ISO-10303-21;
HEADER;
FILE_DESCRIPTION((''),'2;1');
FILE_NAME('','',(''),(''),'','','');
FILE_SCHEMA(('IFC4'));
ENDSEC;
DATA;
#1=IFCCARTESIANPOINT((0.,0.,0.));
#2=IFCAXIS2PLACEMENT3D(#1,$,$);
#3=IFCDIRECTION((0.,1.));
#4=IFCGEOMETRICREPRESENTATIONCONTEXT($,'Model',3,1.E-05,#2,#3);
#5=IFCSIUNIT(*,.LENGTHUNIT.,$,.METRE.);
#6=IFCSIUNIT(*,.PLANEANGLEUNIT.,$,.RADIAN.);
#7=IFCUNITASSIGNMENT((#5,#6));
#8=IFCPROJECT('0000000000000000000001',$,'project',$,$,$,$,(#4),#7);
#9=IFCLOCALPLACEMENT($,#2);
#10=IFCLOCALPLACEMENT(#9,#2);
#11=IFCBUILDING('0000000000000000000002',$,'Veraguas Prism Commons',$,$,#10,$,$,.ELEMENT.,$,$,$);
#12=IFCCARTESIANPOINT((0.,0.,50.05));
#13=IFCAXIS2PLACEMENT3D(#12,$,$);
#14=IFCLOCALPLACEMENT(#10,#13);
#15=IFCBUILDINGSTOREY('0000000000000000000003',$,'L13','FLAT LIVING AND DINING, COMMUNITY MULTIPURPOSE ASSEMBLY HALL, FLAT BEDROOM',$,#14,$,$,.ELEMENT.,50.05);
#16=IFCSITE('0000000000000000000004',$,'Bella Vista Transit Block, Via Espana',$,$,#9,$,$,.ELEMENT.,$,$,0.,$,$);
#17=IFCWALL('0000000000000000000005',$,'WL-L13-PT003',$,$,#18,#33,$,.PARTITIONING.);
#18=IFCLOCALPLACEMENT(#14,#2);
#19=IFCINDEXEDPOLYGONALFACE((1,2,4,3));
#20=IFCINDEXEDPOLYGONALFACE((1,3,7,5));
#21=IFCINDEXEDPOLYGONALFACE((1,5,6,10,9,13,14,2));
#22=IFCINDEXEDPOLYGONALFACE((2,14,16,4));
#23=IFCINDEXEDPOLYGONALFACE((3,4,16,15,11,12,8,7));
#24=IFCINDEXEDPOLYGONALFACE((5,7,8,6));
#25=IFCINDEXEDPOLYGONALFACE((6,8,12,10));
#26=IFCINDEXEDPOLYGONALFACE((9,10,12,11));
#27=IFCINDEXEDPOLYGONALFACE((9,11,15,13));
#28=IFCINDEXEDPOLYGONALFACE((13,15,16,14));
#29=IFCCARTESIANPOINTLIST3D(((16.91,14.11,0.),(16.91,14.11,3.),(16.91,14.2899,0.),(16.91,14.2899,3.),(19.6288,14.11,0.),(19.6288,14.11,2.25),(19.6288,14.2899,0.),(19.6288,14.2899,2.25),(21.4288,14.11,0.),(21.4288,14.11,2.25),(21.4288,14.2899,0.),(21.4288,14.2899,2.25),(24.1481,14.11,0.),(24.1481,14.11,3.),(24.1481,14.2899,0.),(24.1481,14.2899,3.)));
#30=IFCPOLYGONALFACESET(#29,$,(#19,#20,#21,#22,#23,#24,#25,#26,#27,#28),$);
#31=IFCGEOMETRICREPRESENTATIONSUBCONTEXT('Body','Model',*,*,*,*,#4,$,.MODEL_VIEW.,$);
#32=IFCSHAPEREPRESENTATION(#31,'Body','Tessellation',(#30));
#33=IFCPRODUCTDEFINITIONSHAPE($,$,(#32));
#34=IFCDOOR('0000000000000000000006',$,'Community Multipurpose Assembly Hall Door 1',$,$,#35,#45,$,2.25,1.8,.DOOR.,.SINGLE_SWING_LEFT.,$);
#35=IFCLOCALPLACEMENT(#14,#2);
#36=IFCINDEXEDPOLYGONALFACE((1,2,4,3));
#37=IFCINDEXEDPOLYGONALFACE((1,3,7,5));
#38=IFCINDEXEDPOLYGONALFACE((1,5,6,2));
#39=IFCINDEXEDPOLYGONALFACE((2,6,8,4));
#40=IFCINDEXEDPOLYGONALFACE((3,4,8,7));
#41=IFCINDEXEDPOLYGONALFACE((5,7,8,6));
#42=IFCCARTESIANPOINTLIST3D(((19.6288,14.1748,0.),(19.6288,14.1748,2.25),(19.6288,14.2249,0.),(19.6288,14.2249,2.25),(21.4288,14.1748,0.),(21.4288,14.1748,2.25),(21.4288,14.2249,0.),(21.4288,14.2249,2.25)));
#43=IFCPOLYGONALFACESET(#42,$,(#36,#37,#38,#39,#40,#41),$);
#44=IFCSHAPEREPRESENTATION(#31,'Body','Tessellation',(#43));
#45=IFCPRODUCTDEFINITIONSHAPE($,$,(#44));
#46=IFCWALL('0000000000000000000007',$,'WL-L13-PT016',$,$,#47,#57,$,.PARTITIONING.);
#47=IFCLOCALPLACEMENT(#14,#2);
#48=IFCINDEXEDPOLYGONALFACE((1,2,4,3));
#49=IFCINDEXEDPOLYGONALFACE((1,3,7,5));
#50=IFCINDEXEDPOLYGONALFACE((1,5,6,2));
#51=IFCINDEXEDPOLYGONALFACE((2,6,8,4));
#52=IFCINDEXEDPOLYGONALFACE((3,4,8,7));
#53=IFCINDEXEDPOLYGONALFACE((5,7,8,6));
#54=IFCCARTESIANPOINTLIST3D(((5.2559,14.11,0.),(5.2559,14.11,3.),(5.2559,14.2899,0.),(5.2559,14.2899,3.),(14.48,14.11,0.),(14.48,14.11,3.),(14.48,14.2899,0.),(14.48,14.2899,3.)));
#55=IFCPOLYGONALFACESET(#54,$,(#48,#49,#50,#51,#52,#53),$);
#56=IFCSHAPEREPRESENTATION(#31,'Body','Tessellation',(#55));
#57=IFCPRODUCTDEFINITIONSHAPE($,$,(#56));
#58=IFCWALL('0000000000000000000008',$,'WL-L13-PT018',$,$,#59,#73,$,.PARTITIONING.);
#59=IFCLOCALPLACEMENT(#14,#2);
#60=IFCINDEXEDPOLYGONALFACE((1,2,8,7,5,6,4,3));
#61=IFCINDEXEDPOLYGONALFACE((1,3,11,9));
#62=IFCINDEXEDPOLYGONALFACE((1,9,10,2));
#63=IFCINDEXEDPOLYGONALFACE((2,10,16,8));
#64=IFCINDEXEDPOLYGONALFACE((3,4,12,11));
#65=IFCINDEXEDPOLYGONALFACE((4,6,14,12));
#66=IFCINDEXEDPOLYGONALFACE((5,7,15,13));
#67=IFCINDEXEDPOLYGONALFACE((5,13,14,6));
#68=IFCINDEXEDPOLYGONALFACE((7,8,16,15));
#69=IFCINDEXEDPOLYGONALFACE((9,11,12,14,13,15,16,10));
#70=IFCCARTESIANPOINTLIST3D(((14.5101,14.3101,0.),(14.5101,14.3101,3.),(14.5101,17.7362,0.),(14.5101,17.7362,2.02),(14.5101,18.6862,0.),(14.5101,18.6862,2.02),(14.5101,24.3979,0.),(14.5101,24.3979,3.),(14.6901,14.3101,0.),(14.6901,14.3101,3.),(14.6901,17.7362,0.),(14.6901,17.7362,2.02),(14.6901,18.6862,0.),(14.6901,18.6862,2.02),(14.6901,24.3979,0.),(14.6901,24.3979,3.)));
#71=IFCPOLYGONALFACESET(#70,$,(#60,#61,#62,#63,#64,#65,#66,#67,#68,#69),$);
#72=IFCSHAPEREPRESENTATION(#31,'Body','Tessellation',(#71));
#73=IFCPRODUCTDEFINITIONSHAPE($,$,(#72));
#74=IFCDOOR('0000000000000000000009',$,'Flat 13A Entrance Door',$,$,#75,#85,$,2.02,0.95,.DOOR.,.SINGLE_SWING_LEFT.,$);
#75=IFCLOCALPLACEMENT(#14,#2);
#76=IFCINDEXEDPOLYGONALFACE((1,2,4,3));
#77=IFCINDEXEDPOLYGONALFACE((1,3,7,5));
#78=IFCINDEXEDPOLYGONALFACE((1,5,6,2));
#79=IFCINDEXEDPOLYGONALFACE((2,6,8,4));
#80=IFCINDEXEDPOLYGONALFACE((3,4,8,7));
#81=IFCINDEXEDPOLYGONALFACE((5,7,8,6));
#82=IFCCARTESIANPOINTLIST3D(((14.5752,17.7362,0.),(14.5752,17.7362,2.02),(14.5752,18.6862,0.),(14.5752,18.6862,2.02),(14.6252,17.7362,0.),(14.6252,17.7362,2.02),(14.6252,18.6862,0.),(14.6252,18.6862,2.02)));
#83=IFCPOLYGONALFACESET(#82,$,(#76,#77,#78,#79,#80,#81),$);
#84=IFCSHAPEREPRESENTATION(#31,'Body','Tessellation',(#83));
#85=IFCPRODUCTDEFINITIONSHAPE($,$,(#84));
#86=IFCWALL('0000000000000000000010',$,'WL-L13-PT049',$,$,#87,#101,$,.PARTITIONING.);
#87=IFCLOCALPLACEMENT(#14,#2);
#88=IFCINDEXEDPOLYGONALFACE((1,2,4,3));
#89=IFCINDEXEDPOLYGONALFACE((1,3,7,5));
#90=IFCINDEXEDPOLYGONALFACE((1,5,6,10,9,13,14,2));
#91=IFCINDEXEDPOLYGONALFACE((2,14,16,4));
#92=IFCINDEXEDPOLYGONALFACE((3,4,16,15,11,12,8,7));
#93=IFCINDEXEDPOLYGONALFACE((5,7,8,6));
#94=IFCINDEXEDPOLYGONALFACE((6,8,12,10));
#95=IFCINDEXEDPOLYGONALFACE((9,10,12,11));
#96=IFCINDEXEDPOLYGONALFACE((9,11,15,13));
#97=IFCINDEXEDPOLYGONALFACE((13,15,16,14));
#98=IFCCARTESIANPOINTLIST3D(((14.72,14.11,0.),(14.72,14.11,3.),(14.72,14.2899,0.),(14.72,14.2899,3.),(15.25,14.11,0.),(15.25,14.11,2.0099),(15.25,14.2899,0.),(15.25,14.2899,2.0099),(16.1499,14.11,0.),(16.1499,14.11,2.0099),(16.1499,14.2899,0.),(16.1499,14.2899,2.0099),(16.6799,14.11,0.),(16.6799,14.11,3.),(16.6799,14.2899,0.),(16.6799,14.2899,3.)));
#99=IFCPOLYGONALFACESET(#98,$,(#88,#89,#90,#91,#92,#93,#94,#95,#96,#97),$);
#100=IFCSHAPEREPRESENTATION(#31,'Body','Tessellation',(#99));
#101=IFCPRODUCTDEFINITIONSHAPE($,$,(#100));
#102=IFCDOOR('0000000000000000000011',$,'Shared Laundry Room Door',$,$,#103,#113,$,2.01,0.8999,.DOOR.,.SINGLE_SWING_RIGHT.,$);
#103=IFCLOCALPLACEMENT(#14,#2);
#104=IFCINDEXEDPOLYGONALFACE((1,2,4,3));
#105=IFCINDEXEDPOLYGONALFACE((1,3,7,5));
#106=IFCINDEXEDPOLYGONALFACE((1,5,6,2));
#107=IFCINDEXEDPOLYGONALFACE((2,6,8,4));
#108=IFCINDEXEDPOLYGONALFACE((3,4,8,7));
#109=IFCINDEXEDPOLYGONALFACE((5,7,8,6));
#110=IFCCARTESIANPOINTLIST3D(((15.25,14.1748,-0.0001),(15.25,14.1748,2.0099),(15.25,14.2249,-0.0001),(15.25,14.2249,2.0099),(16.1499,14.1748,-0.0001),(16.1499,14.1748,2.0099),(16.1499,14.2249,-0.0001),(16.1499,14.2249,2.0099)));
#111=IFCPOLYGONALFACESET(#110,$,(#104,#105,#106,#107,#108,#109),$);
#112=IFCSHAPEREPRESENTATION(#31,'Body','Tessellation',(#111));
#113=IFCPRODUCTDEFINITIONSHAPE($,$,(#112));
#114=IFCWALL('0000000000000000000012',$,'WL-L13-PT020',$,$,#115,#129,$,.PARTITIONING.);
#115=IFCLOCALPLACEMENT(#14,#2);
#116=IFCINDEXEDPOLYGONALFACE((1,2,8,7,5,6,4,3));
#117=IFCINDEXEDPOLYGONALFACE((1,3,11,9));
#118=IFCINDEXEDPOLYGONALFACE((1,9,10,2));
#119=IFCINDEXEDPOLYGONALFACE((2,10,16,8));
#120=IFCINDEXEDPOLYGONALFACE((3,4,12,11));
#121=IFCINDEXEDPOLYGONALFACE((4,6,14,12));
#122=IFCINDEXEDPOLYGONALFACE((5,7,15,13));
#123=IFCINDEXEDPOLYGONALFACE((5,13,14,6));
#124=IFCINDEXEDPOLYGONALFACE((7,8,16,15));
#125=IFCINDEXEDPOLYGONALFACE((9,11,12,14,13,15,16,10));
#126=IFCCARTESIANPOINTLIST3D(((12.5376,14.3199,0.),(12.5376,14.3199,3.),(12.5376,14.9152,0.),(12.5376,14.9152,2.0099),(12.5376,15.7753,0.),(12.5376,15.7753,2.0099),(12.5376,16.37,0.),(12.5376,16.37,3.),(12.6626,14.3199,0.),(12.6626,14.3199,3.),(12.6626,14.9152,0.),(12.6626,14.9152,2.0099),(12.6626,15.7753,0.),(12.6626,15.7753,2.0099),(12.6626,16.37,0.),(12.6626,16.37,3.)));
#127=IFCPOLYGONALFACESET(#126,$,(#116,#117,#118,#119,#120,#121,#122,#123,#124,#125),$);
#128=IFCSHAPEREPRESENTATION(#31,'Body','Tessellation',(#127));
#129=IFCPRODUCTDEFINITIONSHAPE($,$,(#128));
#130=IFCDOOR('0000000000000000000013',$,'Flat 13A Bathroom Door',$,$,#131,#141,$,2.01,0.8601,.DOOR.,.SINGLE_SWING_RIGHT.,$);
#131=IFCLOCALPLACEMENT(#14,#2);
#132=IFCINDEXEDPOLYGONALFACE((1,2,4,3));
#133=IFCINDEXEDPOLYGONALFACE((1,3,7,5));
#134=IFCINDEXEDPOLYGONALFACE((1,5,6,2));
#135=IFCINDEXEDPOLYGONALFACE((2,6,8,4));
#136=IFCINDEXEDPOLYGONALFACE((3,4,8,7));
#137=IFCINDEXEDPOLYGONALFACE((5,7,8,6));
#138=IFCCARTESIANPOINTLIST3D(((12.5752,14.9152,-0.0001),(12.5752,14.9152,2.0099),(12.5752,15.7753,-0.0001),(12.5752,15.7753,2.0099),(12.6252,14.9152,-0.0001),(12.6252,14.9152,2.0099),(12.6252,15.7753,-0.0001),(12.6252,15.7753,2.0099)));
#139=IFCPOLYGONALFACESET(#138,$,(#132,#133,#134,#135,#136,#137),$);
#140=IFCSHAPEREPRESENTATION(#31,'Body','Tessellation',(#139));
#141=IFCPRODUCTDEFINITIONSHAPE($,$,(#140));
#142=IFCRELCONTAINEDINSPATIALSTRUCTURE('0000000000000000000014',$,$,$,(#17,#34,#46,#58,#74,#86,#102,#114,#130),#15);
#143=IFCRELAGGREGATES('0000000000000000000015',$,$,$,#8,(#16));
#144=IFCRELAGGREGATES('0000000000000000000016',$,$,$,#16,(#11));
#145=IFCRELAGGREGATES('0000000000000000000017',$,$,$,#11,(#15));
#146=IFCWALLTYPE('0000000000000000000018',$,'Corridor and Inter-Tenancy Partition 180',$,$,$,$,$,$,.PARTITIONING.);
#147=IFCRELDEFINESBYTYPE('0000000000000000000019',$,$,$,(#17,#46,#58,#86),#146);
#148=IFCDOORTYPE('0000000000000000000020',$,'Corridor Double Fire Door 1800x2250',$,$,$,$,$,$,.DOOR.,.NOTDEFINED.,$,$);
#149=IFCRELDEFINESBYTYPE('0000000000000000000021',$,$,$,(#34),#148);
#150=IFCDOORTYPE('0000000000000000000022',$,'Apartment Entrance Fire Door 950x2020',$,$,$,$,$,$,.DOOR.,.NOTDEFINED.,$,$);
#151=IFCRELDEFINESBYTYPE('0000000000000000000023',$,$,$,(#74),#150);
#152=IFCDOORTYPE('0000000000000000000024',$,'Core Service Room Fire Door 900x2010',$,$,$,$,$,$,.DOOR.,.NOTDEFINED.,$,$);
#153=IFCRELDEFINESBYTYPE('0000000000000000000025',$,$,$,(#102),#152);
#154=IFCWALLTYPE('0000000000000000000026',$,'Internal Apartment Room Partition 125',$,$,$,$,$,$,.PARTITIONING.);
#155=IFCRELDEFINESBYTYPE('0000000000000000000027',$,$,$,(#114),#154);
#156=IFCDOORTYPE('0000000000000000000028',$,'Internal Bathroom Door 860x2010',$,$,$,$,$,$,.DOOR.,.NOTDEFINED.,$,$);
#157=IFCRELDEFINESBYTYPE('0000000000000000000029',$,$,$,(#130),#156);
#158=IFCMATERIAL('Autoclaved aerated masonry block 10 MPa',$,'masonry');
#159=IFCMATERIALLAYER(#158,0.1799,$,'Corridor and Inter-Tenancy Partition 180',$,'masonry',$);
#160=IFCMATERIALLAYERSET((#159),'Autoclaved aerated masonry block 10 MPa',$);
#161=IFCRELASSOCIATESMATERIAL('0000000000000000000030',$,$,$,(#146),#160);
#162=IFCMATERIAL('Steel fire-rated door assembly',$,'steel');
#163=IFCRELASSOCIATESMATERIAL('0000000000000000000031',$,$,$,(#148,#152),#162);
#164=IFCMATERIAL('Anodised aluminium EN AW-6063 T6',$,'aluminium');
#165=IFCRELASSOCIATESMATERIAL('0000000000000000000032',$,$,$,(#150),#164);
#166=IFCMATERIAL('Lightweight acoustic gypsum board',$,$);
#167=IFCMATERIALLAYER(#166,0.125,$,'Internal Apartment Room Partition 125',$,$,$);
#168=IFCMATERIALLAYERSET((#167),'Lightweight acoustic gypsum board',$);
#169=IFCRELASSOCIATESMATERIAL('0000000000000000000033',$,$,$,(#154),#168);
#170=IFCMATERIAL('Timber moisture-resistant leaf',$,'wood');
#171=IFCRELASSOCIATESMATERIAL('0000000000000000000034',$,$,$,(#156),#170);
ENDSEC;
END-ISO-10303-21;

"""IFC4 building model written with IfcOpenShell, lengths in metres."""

from ifc_helpers import new_model, si_unit, direction, frame, frame_2d, origin, place, context, subcontext, project, spatial, rectangle, extrude, source, transform, mapped, material, layer, layer_set, type_object, element, fill, save


model = new_model("IFC4")

# Units and contexts
model_context = context("Model", 3, precision=1e-05, world=origin(), true_north=direction((0.0, 1.0)))
body_context = subcontext(model_context, "Body", "Model", "MODEL_VIEW")
ifc_project = project(units=[si_unit("LENGTHUNIT", "METRE"), si_unit("PLANEANGLEUNIT", "RADIAN")], contexts=[model_context])

# Site, building, storey
site_placement = place(None, origin())
site = spatial("IfcSite", under=ifc_project, at=site_placement, Name="Bella Vista Transit Block, Via Espana", CompositionType="ELEMENT", RefElevation=0.0)
building_placement = place(site_placement, origin())
building = spatial("IfcBuilding", under=site, at=building_placement, Name="Veraguas Prism Commons", CompositionType="ELEMENT")
storey_placement = place(building_placement, frame((0.0, 0.0, 50.05)))
storey = spatial("IfcBuildingStorey", under=building, at=storey_placement, Name="L13", Description="FLAT LIVING AND DINING, COMMUNITY MULTIPURPOSE ASSEMBLY HALL, FLAT BEDROOM", CompositionType="ELEMENT", Elevation=50.05)

# Shared definitions
ifc_material_1 = material(Name="Steel fire-rated door assembly", Category="steel")

# Shared definitions
ifc_material_2 = material(Name="Autoclaved aerated masonry block 10 MPa", Category="masonry")
ifc_layer_1 = layer(ifc_material_2, 0.1799, Name="Corridor and Inter-Tenancy Partition 180", Category="masonry")
ifc_layer_set_1 = layer_set([ifc_layer_1], Name="Autoclaved aerated masonry block 10 MPa")
wall_type_1 = type_object("IfcWallType", Name="Corridor and Inter-Tenancy Partition 180", PredefinedType="PARTITIONING", material=ifc_layer_set_1)

# Wall, opening, door
wall_1_placement = place(storey_placement, frame((16.9099, 14.2, 0.0), z_axis=(0.0, 0.0, 1.0), x_axis=(1.0, 0.0, 0.0)))
wall_1 = element("IfcWall", 1, at=wall_1_placement, inside=storey, type_object=wall_type_1, Name="WL-L13-PT003", PredefinedType="PARTITIONING", context=body_context, shape_type="SweptSolid", body=[
    extrude(rectangle(XDim=7.238, YDim=0.1799, at=frame_2d((3.6191, 0.0))), origin(), (0.0, 0.0, 1.0), 3.0),
])
opening_1_placement = place(wall_1_placement, frame((2.719, 0.0, 0.0)))
opening_1 = element("IfcOpeningElement", 2, at=opening_1_placement, cuts=wall_1, PredefinedType="OPENING", context=body_context, shape_type="SweptSolid", body=[
    extrude(rectangle(XDim=1.8, YDim=2.25, at=frame_2d((0.8999, 1.125))), frame((0.0, 0.0999, 0.0), z_axis=(0.0, -1.0, 0.0), x_axis=(1.0, 0.0, 0.0)), (0.0, 0.0, 1.0), 0.2),
])
door_type_1 = type_object("IfcDoorType", Name="Corridor Double Fire Door 1800x2250", OperationType="NOTDEFINED", PredefinedType="DOOR", material=ifc_material_1)
shared_shape_1 = source(origin(), body_context, "Body", "SweptSolid", [
    extrude(rectangle(XDim=1.8, YDim=2.25, at=frame_2d((0.8999, 1.125))), frame((0.0, 0.0249, 0.0), z_axis=(0.0, -1.0, 0.0), x_axis=(1.0, 0.0, 0.0)), (0.0, 0.0, 1.0), 0.05),
])
door_1_placement = place(opening_1_placement, origin())
door_1 = element("IfcDoor", 3, at=door_1_placement, inside=storey, type_object=door_type_1, Name="Community Multipurpose Assembly Hall Door 1", OperationType="SINGLE_SWING_LEFT", OverallHeight=2.25, OverallWidth=1.8, PredefinedType="DOOR", context=body_context, shape_type="MappedRepresentation", body=[
    mapped(shared_shape_1, transform((0.0, 0.0, 0.0), scale=1.0)),
])
fill(opening_1, door_1)

# Wall
wall_2_placement = place(storey_placement, frame((14.48, 14.2, 0.0), z_axis=(0.0, 0.0, 1.0), x_axis=(-1.0, 0.0, 0.0)))
element("IfcWall", 4, at=wall_2_placement, inside=storey, type_object=wall_type_1, Name="WL-L13-PT016", PredefinedType="PARTITIONING", context=body_context, shape_type="SweptSolid", body=[
    extrude(rectangle(XDim=9.2241, YDim=0.1799, at=frame_2d((4.6121, 0.0))), origin(), (0.0, 0.0, 1.0), 3.0),
])

# Walls, openings, doors
wall_3_placement = place(storey_placement, frame((14.6001, 14.3101, 0.0), z_axis=(0.0, 0.0, 1.0), x_axis=(0.0, 1.0, 0.0)))
wall_3 = element("IfcWall", 5, at=wall_3_placement, inside=storey, type_object=wall_type_1, Name="WL-L13-PT018", PredefinedType="PARTITIONING", context=body_context, shape_type="SweptSolid", body=[
    extrude(rectangle(XDim=10.0879, YDim=0.1799, at=frame_2d((5.0439, 0.0))), origin(), (0.0, 0.0, 1.0), 3.0),
])
opening_2_placement = place(wall_3_placement, frame((3.426, 0.0, 0.0)))
opening_2 = element("IfcOpeningElement", 6, at=opening_2_placement, cuts=wall_3, PredefinedType="OPENING", context=body_context, shape_type="SweptSolid", body=[
    extrude(rectangle(XDim=0.95, YDim=2.02, at=frame_2d((0.4751, 1.01))), frame((0.0, 0.0999, 0.0), z_axis=(0.0, -1.0, 0.0), x_axis=(1.0, 0.0, 0.0)), (0.0, 0.0, 1.0), 0.2),
])
ifc_material_3 = material(Name="Anodised aluminium EN AW-6063 T6", Category="aluminium")
door_type_2 = type_object("IfcDoorType", Name="Apartment Entrance Fire Door 950x2020", OperationType="NOTDEFINED", PredefinedType="DOOR", material=ifc_material_3)
shared_shape_2 = source(origin(), body_context, "Body", "SweptSolid", [
    extrude(rectangle(XDim=0.95, YDim=2.02, at=frame_2d((0.4751, 1.01))), frame((0.0, 0.0249, 0.0), z_axis=(0.0, -1.0, 0.0), x_axis=(1.0, 0.0, 0.0)), (0.0, 0.0, 1.0), 0.05),
])
door_2_placement = place(opening_2_placement, origin())
door_2 = element("IfcDoor", 7, at=door_2_placement, inside=storey, type_object=door_type_2, Name="Flat 13A Entrance Door", OperationType="SINGLE_SWING_LEFT", OverallHeight=2.02, OverallWidth=0.95, PredefinedType="DOOR", context=body_context, shape_type="MappedRepresentation", body=[
    mapped(shared_shape_2, transform((0.0, 0.0, 0.0), scale=1.0)),
])
fill(opening_2, door_2)
wall_4_placement = place(storey_placement, frame((14.72, 14.2, 0.0), z_axis=(0.0, 0.0, 1.0), x_axis=(1.0, 0.0, 0.0)))
wall_4 = element("IfcWall", 8, at=wall_4_placement, inside=storey, type_object=wall_type_1, Name="WL-L13-PT049", PredefinedType="PARTITIONING", context=body_context, shape_type="SweptSolid", body=[
    extrude(rectangle(XDim=1.96, YDim=0.1799, at=frame_2d((0.98, 0.0))), origin(), (0.0, 0.0, 1.0), 3.0),
])
opening_3_placement = place(wall_4_placement, frame((0.53, 0.0, 0.0)))
opening_3 = element("IfcOpeningElement", 9, at=opening_3_placement, cuts=wall_4, PredefinedType="OPENING", context=body_context, shape_type="SweptSolid", body=[
    extrude(rectangle(XDim=0.8999, YDim=2.01, at=frame_2d((0.45, 1.0049))), frame((0.0, 0.0999, 0.0), z_axis=(0.0, -1.0, 0.0), x_axis=(1.0, 0.0, 0.0)), (0.0, 0.0, 1.0), 0.2),
])
door_type_3 = type_object("IfcDoorType", Name="Core Service Room Fire Door 900x2010", OperationType="NOTDEFINED", PredefinedType="DOOR", material=ifc_material_1)
shared_shape_3 = source(origin(), body_context, "Body", "SweptSolid", [
    extrude(rectangle(XDim=0.8999, YDim=2.01, at=frame_2d((0.45, 1.0049))), frame((0.0, 0.0249, 0.0), z_axis=(0.0, -1.0, 0.0), x_axis=(1.0, 0.0, 0.0)), (0.0, 0.0, 1.0), 0.05),
])
door_3_placement = place(opening_3_placement, origin())
door_3 = element("IfcDoor", 10, at=door_3_placement, inside=storey, type_object=door_type_3, Name="Shared Laundry Room Door", OperationType="SINGLE_SWING_RIGHT", OverallHeight=2.01, OverallWidth=0.8999, PredefinedType="DOOR", context=body_context, shape_type="MappedRepresentation", body=[
    mapped(shared_shape_3, transform((0.0, 0.0, 0.0), scale=1.0)),
])
fill(opening_3, door_3)
ifc_material_4 = material(Name="Lightweight acoustic gypsum board")
ifc_layer_2 = layer(ifc_material_4, 0.125, Name="Internal Apartment Room Partition 125")
ifc_layer_set_2 = layer_set([ifc_layer_2], Name="Lightweight acoustic gypsum board")
wall_type_2 = type_object("IfcWallType", Name="Internal Apartment Room Partition 125", PredefinedType="PARTITIONING", material=ifc_layer_set_2)
wall_5_placement = place(storey_placement, frame((12.6001, 14.3201, 0.0), z_axis=(0.0, 0.0, 1.0), x_axis=(0.0, 1.0, 0.0)))
wall_5 = element("IfcWall", 11, at=wall_5_placement, inside=storey, type_object=wall_type_2, Name="WL-L13-PT020", PredefinedType="PARTITIONING", context=body_context, shape_type="SweptSolid", body=[
    extrude(rectangle(XDim=2.05, YDim=0.125, at=frame_2d((1.0249, 0.0))), origin(), (0.0, 0.0, 1.0), 3.0),
])
opening_4_placement = place(wall_5_placement, frame((0.595, 0.0, 0.0)))
opening_4 = element("IfcOpeningElement", 12, at=opening_4_placement, cuts=wall_5, PredefinedType="OPENING", context=body_context, shape_type="SweptSolid", body=[
    extrude(rectangle(XDim=0.8601, YDim=2.01, at=frame_2d((0.4302, 1.0049))), frame((0.0, 0.0725, 0.0), z_axis=(0.0, -1.0, 0.0), x_axis=(1.0, 0.0, 0.0)), (0.0, 0.0, 1.0), 0.145),
])
ifc_material_5 = material(Name="Timber moisture-resistant leaf", Category="wood")
door_type_4 = type_object("IfcDoorType", Name="Internal Bathroom Door 860x2010", OperationType="NOTDEFINED", PredefinedType="DOOR", material=ifc_material_5)
shared_shape_4 = source(origin(), body_context, "Body", "SweptSolid", [
    extrude(rectangle(XDim=0.8601, YDim=2.01, at=frame_2d((0.4302, 1.0049))), frame((0.0, 0.0249, 0.0), z_axis=(0.0, -1.0, 0.0), x_axis=(1.0, 0.0, 0.0)), (0.0, 0.0, 1.0), 0.05),
])
door_4_placement = place(opening_4_placement, origin())
door_4 = element("IfcDoor", 13, at=door_4_placement, inside=storey, type_object=door_type_4, Name="Flat 13A Bathroom Door", OperationType="SINGLE_SWING_RIGHT", OverallHeight=2.01, OverallWidth=0.8601, PredefinedType="DOOR", context=body_context, shape_type="MappedRepresentation", body=[
    mapped(shared_shape_4, transform((0.0, 0.0, 0.0), scale=1.0)),
])
fill(opening_4, door_4)

save(model, "model.ifc")
